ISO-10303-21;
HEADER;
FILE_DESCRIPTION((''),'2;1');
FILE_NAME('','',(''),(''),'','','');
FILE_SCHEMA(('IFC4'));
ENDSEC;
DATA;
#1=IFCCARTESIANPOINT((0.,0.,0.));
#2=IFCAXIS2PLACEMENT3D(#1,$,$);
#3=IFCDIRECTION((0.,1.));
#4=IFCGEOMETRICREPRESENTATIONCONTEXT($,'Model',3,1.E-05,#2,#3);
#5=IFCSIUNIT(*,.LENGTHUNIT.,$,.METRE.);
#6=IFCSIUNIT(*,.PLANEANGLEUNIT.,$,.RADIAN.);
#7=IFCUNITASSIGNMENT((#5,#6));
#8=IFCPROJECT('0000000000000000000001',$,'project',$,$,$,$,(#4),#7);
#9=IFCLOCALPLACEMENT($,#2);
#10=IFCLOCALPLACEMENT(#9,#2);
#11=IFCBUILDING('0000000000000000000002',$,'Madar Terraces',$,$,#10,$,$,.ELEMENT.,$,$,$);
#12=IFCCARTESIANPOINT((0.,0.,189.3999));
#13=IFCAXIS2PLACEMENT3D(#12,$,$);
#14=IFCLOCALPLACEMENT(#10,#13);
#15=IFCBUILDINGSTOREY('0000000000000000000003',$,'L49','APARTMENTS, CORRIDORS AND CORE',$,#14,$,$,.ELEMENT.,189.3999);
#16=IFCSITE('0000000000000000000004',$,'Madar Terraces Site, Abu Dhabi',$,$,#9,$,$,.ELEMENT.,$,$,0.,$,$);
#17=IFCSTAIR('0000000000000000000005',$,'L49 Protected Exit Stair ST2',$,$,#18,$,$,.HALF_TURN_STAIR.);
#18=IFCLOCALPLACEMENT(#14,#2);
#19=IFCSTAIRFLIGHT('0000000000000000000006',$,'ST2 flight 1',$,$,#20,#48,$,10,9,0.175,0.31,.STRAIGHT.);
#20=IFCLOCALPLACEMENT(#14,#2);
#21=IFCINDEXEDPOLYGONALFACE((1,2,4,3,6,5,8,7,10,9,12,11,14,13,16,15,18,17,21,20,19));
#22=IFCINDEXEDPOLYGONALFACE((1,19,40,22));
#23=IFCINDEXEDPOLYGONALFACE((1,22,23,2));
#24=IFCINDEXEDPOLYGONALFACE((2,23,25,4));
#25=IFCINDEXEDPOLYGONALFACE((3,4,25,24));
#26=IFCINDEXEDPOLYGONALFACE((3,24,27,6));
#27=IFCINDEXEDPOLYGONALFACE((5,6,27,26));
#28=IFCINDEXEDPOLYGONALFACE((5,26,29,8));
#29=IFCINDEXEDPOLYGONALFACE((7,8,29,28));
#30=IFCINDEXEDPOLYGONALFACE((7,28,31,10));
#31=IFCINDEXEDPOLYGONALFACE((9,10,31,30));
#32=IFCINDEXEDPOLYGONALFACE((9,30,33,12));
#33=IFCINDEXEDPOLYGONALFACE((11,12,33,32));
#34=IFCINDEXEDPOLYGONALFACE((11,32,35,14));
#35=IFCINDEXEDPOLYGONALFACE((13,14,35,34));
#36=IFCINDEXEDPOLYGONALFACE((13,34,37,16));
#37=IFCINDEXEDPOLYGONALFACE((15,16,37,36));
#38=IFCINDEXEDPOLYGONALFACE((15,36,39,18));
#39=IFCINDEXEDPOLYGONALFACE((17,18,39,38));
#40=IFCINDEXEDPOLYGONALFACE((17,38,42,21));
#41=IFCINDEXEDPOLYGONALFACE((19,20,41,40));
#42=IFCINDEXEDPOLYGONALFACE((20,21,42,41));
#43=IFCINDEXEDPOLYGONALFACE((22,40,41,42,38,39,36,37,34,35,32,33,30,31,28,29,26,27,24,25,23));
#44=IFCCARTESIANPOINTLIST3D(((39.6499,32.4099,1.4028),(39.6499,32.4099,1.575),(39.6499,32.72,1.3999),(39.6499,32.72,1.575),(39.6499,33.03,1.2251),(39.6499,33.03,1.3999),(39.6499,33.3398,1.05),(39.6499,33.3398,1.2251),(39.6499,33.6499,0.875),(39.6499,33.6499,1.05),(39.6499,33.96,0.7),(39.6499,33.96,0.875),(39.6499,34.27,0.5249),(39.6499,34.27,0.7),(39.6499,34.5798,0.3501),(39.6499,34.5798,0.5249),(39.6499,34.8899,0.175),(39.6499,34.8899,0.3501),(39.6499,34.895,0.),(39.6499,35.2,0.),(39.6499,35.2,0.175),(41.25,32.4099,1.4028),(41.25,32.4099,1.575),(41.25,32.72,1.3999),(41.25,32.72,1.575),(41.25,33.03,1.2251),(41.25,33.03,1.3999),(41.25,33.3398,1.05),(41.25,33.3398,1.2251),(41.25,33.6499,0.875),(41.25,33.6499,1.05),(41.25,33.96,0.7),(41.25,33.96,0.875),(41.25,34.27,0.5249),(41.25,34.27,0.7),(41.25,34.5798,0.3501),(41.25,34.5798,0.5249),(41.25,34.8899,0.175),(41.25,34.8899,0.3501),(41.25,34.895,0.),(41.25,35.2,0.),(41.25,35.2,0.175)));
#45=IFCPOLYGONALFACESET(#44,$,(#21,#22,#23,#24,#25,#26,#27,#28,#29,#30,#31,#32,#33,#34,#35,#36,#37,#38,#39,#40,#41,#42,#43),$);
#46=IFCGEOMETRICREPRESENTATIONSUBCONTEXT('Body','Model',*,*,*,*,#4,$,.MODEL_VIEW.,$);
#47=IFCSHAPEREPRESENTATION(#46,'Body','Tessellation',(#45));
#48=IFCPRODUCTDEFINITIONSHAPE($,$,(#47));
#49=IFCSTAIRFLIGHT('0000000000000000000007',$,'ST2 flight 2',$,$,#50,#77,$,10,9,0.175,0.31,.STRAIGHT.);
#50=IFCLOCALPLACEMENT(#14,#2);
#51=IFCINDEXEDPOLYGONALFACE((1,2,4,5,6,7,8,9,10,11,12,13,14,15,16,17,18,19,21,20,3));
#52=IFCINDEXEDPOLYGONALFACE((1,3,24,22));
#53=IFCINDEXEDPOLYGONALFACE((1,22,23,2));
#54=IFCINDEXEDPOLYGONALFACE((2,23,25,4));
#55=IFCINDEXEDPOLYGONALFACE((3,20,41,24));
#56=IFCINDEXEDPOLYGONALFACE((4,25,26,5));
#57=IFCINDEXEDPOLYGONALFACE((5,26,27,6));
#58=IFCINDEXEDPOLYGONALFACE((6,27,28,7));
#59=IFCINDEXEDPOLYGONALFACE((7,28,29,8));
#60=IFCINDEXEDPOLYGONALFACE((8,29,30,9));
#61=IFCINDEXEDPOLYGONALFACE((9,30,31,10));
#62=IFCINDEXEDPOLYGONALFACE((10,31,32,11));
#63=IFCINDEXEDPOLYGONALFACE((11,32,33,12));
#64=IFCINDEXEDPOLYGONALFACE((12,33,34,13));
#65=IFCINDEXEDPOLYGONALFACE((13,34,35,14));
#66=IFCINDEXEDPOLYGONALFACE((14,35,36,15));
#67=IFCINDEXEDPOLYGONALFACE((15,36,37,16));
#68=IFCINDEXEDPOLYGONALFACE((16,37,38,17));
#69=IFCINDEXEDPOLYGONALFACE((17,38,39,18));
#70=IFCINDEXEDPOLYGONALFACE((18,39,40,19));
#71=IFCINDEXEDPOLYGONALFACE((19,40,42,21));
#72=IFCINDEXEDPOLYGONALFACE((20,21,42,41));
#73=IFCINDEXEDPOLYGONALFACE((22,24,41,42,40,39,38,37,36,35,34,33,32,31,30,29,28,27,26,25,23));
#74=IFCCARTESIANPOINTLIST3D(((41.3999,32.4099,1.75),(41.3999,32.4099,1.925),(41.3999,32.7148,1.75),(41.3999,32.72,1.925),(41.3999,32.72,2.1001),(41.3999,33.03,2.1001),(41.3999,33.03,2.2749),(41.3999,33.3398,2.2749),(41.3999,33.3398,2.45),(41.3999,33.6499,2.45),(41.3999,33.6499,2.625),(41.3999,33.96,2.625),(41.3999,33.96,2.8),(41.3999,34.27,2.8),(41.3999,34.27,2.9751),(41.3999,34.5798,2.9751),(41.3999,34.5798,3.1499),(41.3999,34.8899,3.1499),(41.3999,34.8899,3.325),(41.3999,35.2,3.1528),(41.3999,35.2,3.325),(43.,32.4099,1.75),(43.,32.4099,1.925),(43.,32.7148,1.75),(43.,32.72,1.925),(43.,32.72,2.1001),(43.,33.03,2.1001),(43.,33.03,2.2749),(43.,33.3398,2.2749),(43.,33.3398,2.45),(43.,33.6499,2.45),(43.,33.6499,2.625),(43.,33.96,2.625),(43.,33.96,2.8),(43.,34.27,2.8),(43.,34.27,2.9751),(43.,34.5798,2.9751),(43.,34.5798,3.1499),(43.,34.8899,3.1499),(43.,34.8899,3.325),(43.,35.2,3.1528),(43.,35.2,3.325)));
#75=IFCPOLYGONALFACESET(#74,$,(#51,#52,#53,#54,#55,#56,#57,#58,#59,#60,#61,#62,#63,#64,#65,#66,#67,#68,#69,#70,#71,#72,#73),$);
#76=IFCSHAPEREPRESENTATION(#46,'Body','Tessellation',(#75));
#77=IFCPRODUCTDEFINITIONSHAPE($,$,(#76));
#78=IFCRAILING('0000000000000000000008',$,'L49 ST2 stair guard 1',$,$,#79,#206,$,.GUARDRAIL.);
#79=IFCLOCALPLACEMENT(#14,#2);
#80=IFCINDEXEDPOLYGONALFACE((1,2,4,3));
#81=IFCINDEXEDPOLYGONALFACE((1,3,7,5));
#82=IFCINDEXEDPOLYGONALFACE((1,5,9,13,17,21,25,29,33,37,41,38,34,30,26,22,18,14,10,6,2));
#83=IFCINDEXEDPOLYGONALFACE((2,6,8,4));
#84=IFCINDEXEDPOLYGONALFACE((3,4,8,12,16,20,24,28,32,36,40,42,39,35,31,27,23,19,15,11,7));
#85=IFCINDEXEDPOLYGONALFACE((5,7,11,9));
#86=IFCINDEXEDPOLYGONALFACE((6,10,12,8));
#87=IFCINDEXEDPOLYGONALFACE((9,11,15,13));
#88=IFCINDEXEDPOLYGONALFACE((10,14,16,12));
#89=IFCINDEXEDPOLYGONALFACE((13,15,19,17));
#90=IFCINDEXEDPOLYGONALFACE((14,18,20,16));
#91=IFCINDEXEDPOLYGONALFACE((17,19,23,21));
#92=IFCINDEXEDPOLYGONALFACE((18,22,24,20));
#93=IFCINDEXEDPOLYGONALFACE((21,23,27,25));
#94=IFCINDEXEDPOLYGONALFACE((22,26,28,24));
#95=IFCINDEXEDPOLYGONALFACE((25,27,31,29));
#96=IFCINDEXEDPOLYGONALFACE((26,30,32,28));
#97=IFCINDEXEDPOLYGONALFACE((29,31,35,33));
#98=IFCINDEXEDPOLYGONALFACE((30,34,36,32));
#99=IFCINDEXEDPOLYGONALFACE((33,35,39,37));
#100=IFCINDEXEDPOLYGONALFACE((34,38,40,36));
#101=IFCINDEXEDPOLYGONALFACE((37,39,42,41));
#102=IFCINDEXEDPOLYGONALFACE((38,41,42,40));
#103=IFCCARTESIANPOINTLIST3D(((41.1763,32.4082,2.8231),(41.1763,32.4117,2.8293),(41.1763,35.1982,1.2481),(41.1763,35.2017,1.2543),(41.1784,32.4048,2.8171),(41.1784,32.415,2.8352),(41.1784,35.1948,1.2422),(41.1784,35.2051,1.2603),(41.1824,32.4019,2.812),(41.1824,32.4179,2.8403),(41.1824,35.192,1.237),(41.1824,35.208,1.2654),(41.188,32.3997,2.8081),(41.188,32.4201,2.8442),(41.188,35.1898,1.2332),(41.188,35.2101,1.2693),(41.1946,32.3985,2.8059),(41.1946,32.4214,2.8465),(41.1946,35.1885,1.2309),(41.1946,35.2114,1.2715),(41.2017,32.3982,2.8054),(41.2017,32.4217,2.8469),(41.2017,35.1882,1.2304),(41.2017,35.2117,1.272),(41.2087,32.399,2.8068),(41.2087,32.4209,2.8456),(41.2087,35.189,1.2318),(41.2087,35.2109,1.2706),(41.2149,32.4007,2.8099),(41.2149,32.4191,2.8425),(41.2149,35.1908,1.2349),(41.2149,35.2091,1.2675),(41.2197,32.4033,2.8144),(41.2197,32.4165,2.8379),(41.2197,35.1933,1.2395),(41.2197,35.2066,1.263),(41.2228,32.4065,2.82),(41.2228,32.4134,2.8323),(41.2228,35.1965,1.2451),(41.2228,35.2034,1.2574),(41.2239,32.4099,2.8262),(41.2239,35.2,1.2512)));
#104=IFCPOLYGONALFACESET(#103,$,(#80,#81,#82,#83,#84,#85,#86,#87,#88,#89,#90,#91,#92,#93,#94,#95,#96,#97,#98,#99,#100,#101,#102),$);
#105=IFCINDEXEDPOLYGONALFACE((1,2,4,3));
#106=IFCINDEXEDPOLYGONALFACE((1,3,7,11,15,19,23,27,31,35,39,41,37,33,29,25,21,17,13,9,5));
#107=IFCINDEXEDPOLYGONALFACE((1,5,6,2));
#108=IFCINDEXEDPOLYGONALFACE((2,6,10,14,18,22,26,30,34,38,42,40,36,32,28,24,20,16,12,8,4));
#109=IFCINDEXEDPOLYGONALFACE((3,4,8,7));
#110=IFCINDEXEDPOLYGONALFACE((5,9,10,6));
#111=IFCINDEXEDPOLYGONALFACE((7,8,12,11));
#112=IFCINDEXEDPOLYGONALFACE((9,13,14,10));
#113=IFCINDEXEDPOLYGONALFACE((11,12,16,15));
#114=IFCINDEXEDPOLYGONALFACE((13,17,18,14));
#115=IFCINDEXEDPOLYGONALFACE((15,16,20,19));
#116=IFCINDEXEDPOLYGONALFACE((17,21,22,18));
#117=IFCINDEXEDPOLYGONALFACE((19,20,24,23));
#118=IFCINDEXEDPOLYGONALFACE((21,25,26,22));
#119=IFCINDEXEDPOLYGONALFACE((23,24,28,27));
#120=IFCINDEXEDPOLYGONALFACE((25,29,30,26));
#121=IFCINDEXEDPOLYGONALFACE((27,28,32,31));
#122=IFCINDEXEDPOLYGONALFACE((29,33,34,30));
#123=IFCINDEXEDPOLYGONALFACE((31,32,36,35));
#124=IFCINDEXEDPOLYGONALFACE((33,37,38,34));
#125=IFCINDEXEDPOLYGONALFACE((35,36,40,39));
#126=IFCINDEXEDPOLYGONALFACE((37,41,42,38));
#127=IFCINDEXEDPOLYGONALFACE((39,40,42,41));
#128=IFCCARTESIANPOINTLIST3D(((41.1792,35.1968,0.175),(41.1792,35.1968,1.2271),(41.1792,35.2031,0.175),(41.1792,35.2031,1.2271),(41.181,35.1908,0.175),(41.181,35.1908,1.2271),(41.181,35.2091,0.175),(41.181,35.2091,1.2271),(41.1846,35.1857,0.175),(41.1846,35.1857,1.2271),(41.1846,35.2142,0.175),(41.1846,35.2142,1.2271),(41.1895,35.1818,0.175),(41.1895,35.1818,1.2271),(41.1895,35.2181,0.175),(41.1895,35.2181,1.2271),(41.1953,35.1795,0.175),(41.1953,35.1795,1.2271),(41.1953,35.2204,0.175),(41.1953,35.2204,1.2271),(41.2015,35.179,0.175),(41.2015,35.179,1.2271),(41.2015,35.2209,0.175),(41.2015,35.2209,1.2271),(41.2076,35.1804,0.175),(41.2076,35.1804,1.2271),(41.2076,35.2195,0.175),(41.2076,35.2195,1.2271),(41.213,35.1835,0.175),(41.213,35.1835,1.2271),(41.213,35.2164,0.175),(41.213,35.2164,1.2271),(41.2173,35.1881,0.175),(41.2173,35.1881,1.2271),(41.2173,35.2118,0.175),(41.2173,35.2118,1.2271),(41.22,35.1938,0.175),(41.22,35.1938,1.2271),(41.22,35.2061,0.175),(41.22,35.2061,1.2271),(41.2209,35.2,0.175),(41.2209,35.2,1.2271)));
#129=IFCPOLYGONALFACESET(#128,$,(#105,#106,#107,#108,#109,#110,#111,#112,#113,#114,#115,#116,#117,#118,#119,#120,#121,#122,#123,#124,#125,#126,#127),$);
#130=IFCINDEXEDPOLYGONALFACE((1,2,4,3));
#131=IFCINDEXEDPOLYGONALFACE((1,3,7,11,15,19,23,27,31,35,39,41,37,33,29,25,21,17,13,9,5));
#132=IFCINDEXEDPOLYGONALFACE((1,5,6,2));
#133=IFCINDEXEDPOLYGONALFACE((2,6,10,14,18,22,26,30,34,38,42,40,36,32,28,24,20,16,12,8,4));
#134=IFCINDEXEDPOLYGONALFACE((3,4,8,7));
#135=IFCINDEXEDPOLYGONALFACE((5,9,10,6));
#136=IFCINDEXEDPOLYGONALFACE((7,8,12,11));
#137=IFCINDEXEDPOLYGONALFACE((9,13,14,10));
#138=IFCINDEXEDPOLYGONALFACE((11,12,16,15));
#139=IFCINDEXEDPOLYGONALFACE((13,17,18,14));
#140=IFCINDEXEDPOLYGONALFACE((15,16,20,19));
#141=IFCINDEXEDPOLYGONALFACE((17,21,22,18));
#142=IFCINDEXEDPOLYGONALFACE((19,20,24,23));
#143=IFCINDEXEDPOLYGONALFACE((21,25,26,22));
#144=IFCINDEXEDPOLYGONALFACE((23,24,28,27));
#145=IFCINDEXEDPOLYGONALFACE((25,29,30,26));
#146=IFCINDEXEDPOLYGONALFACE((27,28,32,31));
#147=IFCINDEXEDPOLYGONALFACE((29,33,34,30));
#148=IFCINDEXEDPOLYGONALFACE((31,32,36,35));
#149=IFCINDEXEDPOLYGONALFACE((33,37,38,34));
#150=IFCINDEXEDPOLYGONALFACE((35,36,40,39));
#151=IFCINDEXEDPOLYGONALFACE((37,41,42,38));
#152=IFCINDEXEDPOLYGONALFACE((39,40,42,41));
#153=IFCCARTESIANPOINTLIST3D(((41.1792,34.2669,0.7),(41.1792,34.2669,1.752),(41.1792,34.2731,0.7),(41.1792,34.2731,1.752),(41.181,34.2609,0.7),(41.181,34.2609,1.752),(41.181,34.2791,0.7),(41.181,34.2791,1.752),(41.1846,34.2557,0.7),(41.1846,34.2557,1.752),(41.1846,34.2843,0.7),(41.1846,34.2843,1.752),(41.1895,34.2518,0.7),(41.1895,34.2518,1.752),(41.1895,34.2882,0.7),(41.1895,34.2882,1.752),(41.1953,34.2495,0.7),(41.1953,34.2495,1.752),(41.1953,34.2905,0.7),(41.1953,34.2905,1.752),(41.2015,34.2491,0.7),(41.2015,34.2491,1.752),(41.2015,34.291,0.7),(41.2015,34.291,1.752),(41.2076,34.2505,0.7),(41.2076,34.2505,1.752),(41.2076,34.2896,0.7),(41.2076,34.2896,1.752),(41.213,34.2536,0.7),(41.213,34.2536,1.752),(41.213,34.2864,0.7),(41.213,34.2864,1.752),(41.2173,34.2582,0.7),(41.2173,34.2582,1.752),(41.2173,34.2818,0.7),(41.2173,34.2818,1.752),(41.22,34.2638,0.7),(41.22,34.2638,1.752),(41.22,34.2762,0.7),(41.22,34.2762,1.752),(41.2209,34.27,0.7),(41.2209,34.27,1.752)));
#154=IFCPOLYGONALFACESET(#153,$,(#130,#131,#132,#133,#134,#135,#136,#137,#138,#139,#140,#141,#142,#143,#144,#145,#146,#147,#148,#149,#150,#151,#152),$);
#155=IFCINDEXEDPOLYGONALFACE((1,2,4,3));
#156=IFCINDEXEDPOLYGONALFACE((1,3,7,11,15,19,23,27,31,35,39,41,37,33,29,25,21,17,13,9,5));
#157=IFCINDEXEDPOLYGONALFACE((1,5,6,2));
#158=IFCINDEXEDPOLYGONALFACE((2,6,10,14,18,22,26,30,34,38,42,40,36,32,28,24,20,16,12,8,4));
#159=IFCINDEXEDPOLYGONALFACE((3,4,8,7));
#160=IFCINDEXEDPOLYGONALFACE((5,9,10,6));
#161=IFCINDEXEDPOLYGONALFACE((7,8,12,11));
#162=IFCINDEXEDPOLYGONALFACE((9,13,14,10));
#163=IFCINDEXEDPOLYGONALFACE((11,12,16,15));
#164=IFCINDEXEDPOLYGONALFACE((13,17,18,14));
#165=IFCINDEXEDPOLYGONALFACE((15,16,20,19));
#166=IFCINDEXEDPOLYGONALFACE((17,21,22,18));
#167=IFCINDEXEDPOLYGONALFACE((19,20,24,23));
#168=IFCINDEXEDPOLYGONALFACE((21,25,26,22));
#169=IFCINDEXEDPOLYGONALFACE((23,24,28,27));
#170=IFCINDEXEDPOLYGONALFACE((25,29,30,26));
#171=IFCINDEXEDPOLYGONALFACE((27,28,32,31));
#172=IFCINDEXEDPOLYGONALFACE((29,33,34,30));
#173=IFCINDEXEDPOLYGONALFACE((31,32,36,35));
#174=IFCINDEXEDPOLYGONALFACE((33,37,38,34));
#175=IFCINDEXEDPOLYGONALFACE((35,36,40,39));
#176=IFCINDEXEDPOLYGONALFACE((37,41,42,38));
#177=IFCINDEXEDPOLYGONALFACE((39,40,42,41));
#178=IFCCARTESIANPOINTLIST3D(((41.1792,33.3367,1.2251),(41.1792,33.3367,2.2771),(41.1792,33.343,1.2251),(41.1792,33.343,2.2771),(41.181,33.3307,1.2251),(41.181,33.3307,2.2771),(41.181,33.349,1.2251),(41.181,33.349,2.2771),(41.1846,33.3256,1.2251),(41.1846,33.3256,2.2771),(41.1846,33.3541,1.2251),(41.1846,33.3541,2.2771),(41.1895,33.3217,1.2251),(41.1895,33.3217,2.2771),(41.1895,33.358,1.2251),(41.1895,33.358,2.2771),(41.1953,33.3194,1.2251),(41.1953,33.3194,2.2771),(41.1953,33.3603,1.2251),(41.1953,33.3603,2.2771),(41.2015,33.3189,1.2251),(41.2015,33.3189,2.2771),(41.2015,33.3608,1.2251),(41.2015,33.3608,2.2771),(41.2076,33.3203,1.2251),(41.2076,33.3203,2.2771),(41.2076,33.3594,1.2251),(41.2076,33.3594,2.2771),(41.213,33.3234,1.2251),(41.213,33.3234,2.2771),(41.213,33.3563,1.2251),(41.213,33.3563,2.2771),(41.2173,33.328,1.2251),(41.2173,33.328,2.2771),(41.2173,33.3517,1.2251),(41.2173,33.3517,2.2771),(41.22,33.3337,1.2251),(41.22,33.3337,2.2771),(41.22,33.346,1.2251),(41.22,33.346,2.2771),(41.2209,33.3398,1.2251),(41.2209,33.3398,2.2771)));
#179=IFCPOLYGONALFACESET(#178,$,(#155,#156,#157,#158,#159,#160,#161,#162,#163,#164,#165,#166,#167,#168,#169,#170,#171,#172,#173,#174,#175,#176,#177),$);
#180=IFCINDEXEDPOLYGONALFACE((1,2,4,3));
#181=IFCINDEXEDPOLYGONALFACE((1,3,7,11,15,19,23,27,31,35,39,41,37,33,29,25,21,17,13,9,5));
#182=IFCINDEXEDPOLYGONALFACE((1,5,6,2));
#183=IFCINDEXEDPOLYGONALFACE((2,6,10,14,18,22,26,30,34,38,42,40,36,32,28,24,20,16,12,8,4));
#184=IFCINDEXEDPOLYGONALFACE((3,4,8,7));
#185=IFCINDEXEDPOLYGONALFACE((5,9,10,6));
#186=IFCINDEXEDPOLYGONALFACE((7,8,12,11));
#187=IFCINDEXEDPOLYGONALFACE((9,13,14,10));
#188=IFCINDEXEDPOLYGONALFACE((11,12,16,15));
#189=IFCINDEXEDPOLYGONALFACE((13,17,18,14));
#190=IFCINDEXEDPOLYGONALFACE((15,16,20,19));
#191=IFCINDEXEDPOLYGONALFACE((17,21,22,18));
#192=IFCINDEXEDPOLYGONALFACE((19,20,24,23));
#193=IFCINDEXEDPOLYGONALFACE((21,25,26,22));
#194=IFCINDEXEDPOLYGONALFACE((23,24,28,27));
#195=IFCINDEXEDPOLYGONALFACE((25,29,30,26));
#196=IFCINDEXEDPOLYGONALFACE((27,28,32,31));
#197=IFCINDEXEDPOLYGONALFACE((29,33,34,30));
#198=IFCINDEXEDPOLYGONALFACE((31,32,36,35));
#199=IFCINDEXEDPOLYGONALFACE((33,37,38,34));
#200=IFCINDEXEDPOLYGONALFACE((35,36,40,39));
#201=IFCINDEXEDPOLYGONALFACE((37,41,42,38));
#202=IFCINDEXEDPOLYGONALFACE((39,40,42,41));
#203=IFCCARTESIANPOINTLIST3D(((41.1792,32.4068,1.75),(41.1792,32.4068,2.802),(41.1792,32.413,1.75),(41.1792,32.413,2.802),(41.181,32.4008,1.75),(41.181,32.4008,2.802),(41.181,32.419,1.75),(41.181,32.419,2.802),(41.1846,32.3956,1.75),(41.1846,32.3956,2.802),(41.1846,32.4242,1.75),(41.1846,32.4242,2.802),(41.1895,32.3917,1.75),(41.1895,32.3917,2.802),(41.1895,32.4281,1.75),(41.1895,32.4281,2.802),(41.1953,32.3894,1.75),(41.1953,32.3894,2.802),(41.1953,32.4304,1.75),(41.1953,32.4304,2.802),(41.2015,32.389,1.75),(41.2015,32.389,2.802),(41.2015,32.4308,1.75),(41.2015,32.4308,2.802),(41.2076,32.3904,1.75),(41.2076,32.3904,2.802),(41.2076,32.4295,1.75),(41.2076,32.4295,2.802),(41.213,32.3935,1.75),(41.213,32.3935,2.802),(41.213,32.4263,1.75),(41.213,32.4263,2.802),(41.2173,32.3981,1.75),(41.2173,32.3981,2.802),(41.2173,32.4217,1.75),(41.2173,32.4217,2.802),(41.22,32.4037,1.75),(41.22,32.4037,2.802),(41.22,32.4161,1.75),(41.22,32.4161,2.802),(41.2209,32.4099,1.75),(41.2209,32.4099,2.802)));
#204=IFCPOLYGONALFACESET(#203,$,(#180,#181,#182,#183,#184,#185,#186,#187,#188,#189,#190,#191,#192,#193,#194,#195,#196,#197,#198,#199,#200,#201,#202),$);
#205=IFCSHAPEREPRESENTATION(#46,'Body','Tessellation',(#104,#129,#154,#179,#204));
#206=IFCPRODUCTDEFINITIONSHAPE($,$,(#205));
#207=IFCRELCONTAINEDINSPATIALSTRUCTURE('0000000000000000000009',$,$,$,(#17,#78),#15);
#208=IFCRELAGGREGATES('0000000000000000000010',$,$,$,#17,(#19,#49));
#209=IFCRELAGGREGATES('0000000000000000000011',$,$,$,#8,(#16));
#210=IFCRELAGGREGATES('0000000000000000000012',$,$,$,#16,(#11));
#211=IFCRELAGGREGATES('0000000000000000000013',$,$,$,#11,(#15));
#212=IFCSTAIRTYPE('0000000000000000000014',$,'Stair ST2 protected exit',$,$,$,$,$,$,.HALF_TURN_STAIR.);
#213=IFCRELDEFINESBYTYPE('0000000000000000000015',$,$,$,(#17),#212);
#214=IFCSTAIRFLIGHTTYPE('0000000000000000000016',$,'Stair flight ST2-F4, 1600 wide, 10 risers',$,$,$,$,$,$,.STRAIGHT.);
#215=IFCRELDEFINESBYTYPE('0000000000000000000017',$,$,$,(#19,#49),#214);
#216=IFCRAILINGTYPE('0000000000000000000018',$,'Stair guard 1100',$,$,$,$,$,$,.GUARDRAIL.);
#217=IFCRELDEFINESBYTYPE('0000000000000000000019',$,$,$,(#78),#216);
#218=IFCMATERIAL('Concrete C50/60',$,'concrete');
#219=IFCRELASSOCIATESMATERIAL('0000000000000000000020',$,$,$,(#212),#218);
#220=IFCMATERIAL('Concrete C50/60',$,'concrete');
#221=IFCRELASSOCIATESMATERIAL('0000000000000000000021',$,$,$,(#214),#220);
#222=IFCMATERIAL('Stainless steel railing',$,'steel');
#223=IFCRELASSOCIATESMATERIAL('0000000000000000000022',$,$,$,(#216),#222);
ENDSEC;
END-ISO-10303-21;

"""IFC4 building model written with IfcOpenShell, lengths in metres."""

from ifc_helpers import new_model, si_unit, direction, frame, origin, origin_2d, place, context, subcontext, project, spatial, polyline, circle, outline, extrude, material, type_object, element, aggregate, save


model = new_model("IFC4")

# Units and contexts
model_context = context("Model", 3, precision=1e-05, world=origin(), true_north=direction((0.0, 1.0)))
body_context = subcontext(model_context, "Body", "Model", "MODEL_VIEW")
ifc_project = project(units=[si_unit("LENGTHUNIT", "METRE"), si_unit("PLANEANGLEUNIT", "RADIAN")], contexts=[model_context])

# Site, building, storey
site_placement = place(None, origin())
site = spatial("IfcSite", under=ifc_project, at=site_placement, Name="Madar Terraces Site, Abu Dhabi", CompositionType="ELEMENT", RefElevation=0.0)
building_placement = place(site_placement, origin())
building = spatial("IfcBuilding", under=site, at=building_placement, Name="Madar Terraces", CompositionType="ELEMENT")
storey_placement = place(building_placement, frame((0.0, 0.0, 189.3999)))
storey = spatial("IfcBuildingStorey", under=building, at=storey_placement, Name="L49", Description="APARTMENTS, CORRIDORS AND CORE", CompositionType="ELEMENT", Elevation=189.3999)

# Stair, stair flights
ifc_material_1 = material(Name="Concrete C50/60", Category="concrete")
stair_type = type_object("IfcStairType", Name="Stair ST2 protected exit", PredefinedType="HALF_TURN_STAIR", material=ifc_material_1)
stair_placement = place(storey_placement, origin())
stair = element("IfcStair", 1, at=stair_placement, inside=storey, type_object=stair_type, Name="L49 Protected Exit Stair ST2", PredefinedType="HALF_TURN_STAIR")
ifc_material_2 = material(Name="Concrete C50/60", Category="concrete")
stair_flight_type = type_object("IfcStairFlightType", Name="Stair flight ST2-F4, 1600 wide, 10 risers", PredefinedType="STRAIGHT", material=ifc_material_2)
stair_flight_1_placement = place(storey_placement, frame((40.45, 35.2, 0.0), z_axis=(0.0, 0.0, 1.0), x_axis=(0.0, -1.0, 0.0)))
stair_flight_1 = element("IfcStairFlight", 2, at=stair_flight_1_placement, type_object=stair_flight_type, Name="ST2 flight 1", NumberOfRisers=10, NumberOfTreads=9, PredefinedType="STRAIGHT", RiserHeight=0.175, TreadLength=0.31, context=body_context, shape_type="SweptSolid", body=[
    extrude(outline(polyline([(0.0, 0.0), (0.0, 0.175), (0.3101, 0.175), (0.3101, 0.3501), (0.6201, 0.3501), (0.6201, 0.5249), (0.9299, 0.5249), (0.9299, 0.7), (1.24, 0.7), (1.24, 0.875), (1.55, 0.875), (1.55, 1.05), (1.8601, 1.05), (1.8601, 1.2251), (2.1699, 1.2251), (2.1699, 1.3999), (2.48, 1.3999), (2.48, 1.575), (2.79, 1.575), (2.79, 1.75), (2.79, 1.4028), (0.3049, 0.0), (0.0, 0.0)])), frame((0.0, 0.8, 0.0), z_axis=(0.0, -1.0, 0.0), x_axis=(1.0, 0.0, 0.0)), (0.0, 0.0, 1.0), 1.6001),
])
stair_flight_2_placement = place(storey_placement, frame((42.2, 32.4099, 1.75), z_axis=(0.0, 0.0, 1.0), x_axis=(0.0, 1.0, 0.0)))
stair_flight_2 = element("IfcStairFlight", 3, at=stair_flight_2_placement, type_object=stair_flight_type, Name="ST2 flight 2", NumberOfRisers=10, NumberOfTreads=9, PredefinedType="STRAIGHT", RiserHeight=0.175, TreadLength=0.31, context=body_context, shape_type="SweptSolid", body=[
    extrude(outline(polyline([(0.0, 0.0), (0.0, 0.175), (0.3101, 0.175), (0.3101, 0.3501), (0.6201, 0.3501), (0.6201, 0.5249), (0.9299, 0.5249), (0.9299, 0.7), (1.24, 0.7), (1.24, 0.875), (1.55, 0.875), (1.55, 1.05), (1.8601, 1.05), (1.8601, 1.2251), (2.1699, 1.2251), (2.1699, 1.3999), (2.48, 1.3999), (2.48, 1.575), (2.79, 1.575), (2.79, 1.75), (2.79, 1.4028), (0.3049, 0.0), (0.0, 0.0)])), frame((0.0, 0.8, 0.0), z_axis=(0.0, -1.0, 0.0), x_axis=(1.0, 0.0, 0.0)), (0.0, 0.0, 1.0), 1.6001),
])
aggregate(stair, [stair_flight_1, stair_flight_2])

# Railing
ifc_material_3 = material(Name="Stainless steel railing", Category="steel")
railing_type_1 = type_object("IfcRailingType", Name="Stair guard 1100", PredefinedType="GUARDRAIL", material=ifc_material_3)
railing_1_placement = place(storey_placement, frame((41.2, 35.2, 0.175)))
element("IfcRailing", 4, at=railing_1_placement, inside=storey, type_object=railing_type_1, Name="L49 ST2 stair guard 1", PredefinedType="GUARDRAIL", context=body_context, shape_type="SweptSolid", body=[
    extrude(circle(Radius=0.0239, at=origin_2d()), frame((0.0, 0.0, 1.0762), z_axis=(0.0, -0.870834, 0.491578), x_axis=(1.0, 0.0, 0.0)), (0.0, 0.0, 1.0), 3.2039),
    extrude(circle(Radius=0.021, at=origin_2d()), origin(), (0.0, 0.0, 1.0), 1.052),
    extrude(circle(Radius=0.021, at=origin_2d()), frame((0.0, -0.9299, 0.5249)), (0.0, 0.0, 1.0), 1.052),
    extrude(circle(Radius=0.021, at=origin_2d()), frame((0.0, -1.8601, 1.05)), (0.0, 0.0, 1.0), 1.052),
    extrude(circle(Radius=0.021, at=origin_2d()), frame((0.0, -2.79, 1.575)), (0.0, 0.0, 1.0), 1.052),
])

save(model, "model.ifc")
